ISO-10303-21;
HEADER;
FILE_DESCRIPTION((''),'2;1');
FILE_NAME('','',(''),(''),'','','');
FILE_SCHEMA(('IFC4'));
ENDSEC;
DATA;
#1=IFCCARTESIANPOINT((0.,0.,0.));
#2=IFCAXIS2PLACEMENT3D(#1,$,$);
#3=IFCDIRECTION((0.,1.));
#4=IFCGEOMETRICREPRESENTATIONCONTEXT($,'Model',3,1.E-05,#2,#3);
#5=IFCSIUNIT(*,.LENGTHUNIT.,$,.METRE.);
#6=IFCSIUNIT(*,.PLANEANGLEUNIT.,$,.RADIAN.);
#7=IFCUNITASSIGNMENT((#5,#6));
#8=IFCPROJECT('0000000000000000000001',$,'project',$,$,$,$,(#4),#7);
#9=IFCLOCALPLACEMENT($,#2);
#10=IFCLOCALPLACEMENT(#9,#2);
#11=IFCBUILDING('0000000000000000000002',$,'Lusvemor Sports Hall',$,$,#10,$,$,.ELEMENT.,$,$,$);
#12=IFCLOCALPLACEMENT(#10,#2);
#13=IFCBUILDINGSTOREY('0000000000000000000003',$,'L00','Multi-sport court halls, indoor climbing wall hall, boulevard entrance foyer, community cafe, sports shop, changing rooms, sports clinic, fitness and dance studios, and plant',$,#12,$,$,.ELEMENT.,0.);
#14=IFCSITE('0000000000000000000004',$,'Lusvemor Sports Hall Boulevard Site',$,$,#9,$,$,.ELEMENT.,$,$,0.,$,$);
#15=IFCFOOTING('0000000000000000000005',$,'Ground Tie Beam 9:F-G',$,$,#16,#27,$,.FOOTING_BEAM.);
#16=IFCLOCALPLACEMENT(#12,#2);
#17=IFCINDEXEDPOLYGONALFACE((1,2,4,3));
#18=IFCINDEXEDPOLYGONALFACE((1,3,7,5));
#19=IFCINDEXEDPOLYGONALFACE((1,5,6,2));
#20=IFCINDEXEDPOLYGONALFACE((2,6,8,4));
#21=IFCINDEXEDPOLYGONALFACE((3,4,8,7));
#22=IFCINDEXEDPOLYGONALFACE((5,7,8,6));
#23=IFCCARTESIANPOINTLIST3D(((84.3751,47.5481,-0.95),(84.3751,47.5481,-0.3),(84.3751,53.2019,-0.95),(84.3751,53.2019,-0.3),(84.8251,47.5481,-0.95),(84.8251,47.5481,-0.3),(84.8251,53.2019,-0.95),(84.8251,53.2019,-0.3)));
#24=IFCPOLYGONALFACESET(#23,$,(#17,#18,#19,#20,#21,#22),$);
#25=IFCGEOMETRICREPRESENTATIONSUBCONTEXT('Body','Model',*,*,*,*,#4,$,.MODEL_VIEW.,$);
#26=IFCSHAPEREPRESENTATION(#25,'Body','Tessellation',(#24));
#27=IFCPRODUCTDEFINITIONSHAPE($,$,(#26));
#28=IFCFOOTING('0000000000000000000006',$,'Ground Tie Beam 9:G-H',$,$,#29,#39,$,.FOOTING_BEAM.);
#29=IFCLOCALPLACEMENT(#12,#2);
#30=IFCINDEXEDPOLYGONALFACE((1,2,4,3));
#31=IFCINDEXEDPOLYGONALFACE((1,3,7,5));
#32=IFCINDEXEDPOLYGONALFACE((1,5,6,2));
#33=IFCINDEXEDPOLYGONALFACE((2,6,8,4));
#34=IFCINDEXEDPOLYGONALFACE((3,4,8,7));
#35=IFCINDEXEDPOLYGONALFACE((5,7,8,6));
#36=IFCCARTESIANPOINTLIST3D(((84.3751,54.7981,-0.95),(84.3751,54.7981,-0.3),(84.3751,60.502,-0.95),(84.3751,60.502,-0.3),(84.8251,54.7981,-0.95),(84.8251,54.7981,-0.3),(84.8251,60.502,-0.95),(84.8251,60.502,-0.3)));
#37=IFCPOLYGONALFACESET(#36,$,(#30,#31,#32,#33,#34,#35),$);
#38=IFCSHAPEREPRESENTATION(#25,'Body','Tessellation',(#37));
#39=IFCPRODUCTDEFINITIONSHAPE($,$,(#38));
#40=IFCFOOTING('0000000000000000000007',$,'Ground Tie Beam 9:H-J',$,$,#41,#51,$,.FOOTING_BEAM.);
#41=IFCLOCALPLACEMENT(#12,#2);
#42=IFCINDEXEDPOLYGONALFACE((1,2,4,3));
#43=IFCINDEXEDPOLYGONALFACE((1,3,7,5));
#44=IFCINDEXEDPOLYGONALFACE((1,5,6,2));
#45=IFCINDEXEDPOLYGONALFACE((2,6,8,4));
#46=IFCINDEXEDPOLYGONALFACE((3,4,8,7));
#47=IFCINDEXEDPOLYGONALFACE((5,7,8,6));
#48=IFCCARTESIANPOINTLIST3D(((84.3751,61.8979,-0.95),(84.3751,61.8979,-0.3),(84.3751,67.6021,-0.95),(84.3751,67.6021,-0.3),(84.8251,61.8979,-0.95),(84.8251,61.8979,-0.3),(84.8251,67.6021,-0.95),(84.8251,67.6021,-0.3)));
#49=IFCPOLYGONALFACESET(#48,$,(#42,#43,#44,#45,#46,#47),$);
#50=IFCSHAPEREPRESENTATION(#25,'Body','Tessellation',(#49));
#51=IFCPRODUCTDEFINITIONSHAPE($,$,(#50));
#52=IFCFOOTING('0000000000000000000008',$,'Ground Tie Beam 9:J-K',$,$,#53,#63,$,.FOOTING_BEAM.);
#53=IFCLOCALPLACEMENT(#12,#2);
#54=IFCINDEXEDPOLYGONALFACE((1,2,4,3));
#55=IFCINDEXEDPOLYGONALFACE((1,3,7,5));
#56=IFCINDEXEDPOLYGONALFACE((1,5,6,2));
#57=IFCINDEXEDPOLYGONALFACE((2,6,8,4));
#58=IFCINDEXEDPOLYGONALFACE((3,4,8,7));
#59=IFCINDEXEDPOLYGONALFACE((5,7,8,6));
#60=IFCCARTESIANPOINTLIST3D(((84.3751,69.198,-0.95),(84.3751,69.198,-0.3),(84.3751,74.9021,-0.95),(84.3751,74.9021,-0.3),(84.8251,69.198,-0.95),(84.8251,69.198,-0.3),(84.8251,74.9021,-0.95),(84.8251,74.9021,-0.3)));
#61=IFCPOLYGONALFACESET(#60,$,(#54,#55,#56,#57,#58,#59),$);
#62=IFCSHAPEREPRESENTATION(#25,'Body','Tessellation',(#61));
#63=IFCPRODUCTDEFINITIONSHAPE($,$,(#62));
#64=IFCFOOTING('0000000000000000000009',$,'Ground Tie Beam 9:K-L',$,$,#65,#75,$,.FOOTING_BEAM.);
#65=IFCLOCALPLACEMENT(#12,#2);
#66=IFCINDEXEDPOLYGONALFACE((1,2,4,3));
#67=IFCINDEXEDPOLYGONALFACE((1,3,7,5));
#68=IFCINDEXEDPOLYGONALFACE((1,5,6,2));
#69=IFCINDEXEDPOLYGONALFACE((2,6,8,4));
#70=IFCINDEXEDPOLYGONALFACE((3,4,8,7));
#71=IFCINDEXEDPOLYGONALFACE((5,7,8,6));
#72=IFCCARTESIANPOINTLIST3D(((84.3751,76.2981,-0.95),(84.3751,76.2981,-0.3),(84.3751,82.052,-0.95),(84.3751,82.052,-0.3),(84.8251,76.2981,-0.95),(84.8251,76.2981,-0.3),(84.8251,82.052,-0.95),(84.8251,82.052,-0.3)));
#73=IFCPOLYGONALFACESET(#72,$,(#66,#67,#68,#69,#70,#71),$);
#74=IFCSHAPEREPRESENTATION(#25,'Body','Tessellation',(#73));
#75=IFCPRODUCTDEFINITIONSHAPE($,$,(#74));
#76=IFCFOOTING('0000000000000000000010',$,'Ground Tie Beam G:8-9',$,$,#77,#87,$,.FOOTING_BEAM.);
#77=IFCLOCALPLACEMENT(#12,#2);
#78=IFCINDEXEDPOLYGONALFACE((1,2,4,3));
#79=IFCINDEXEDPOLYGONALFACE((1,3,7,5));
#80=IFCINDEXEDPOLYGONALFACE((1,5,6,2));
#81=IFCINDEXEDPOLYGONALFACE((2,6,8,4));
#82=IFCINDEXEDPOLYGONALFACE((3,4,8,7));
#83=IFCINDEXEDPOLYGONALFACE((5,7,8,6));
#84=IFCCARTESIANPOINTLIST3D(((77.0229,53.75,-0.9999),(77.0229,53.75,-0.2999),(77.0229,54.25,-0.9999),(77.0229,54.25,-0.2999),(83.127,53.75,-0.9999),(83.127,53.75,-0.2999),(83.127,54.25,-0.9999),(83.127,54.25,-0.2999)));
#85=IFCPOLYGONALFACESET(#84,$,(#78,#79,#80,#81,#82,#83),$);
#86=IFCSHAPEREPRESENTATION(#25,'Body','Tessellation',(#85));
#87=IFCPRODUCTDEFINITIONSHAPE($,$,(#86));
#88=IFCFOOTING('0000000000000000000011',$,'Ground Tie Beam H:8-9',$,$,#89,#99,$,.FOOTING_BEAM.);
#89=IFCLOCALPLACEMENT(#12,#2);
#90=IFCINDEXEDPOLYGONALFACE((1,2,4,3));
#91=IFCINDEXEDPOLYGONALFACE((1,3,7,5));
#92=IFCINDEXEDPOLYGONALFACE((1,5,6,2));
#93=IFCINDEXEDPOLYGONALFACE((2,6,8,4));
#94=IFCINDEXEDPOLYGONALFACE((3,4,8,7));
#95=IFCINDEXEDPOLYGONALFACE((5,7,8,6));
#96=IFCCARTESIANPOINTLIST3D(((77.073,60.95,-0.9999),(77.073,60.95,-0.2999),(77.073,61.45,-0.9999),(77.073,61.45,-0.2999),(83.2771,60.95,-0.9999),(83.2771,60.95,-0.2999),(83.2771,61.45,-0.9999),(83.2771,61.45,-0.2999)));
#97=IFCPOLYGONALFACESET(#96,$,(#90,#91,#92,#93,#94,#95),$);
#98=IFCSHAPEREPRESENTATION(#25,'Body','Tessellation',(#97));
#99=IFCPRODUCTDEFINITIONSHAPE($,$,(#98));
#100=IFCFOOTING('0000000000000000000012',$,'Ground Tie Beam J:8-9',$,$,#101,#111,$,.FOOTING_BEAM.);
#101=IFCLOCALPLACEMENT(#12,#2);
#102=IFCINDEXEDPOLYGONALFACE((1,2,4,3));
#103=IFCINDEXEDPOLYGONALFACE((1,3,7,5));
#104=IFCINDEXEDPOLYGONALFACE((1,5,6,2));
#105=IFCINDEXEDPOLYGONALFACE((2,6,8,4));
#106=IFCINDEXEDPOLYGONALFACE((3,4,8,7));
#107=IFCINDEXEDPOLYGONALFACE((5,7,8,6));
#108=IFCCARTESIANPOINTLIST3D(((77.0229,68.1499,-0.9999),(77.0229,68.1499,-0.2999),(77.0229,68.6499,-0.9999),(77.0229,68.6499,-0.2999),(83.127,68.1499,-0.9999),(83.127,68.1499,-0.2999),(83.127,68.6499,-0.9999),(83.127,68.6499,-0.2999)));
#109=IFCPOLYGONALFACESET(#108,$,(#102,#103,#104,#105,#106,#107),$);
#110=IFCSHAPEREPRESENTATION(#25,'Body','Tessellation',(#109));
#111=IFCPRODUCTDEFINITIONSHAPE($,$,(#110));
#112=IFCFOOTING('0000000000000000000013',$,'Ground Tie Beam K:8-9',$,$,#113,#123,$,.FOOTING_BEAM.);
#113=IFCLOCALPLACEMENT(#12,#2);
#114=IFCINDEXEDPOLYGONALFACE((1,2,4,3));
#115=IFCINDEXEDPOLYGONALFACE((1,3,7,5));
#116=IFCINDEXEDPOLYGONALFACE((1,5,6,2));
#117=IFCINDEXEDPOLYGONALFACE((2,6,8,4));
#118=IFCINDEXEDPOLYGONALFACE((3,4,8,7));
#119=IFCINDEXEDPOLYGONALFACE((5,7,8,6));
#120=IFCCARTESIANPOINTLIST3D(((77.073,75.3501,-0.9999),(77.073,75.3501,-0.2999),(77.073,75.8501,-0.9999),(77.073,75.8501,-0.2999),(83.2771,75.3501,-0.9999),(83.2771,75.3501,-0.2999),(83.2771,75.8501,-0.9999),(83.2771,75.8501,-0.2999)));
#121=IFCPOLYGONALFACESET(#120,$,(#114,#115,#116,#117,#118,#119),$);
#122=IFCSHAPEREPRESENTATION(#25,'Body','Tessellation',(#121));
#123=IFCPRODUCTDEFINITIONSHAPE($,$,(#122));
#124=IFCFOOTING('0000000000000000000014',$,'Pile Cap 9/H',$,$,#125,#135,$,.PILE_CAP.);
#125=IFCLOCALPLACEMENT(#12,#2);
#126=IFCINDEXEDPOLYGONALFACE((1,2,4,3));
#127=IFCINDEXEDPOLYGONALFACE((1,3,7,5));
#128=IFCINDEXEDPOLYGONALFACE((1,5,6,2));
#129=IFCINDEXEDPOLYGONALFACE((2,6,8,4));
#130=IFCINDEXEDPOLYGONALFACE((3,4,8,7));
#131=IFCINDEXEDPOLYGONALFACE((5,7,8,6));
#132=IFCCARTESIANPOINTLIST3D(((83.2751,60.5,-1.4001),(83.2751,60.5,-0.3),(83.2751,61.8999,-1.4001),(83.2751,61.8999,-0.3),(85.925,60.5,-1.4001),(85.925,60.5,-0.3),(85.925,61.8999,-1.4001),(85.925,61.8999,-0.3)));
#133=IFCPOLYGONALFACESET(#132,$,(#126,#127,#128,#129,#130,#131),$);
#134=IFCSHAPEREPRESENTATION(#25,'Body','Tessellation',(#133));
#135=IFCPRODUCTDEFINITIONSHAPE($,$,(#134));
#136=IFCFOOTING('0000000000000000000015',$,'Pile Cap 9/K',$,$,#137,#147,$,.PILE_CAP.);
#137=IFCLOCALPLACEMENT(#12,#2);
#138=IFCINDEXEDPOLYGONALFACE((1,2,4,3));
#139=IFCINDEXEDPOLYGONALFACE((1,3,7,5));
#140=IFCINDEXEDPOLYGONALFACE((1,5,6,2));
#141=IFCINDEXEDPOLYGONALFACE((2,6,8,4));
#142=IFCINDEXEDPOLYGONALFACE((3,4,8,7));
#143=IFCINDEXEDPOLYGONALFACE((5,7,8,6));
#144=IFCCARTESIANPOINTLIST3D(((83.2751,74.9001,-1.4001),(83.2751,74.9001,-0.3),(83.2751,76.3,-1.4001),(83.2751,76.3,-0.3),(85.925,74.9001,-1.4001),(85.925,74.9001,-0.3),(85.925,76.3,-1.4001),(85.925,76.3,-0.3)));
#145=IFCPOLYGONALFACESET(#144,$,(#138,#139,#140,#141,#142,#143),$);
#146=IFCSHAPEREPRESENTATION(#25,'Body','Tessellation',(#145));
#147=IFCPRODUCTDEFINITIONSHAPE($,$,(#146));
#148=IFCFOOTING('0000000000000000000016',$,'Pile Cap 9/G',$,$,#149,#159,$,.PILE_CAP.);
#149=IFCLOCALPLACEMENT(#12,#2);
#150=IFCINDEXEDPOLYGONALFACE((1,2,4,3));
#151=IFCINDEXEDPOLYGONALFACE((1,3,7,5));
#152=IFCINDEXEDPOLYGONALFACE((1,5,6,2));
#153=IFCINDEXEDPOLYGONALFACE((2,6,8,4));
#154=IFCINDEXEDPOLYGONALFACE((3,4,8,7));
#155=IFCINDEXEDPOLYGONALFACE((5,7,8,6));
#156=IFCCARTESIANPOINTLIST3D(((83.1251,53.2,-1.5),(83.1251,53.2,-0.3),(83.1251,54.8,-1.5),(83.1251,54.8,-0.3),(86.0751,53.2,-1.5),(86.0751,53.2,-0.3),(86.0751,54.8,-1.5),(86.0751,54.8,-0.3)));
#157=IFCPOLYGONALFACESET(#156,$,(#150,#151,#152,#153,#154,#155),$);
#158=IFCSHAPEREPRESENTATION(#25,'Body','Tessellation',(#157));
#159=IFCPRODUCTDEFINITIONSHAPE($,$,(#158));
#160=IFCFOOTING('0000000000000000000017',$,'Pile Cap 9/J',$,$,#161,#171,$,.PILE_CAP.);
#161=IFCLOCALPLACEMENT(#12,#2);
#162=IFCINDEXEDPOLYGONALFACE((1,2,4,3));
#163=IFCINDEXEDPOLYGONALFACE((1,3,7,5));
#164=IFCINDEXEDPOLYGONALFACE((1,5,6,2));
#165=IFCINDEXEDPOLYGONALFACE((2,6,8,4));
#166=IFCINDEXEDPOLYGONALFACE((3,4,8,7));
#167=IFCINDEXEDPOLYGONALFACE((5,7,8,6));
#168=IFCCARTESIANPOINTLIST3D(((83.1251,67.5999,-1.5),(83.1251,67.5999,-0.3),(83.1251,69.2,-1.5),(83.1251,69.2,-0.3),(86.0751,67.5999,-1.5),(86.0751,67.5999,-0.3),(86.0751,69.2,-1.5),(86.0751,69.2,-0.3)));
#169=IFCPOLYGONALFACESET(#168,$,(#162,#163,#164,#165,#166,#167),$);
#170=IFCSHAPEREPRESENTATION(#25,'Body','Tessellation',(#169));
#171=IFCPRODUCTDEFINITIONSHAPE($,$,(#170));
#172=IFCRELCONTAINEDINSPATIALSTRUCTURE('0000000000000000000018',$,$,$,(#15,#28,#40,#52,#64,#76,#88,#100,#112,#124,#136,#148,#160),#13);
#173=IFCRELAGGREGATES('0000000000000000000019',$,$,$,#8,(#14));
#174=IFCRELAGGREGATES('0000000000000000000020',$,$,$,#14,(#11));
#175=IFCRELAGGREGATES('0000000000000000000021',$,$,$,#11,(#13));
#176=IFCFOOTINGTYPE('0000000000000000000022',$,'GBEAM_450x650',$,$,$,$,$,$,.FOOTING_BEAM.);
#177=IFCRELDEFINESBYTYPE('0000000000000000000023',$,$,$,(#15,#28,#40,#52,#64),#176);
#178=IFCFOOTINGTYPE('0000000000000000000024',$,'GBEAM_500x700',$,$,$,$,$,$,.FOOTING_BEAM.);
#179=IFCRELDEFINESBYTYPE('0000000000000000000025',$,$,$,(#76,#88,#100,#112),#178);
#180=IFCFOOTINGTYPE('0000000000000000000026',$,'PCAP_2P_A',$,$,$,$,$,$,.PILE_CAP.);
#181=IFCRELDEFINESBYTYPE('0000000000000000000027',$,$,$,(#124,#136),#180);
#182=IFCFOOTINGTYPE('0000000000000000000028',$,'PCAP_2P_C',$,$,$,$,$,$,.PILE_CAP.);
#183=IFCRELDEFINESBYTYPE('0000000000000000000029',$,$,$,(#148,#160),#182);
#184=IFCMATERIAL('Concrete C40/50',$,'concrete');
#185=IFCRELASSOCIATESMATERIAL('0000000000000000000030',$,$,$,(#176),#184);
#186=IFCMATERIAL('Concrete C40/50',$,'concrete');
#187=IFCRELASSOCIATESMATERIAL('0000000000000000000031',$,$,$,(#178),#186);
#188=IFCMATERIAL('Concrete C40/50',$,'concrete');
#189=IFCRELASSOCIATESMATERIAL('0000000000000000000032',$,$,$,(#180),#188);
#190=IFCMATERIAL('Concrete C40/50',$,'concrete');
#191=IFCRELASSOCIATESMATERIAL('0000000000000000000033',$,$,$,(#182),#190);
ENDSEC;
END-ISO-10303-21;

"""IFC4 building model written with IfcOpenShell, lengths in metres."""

from ifc_helpers import new_model, si_unit, direction, frame, origin, origin_2d, place, context, subcontext, project, spatial, rectangle, extrude, material, material_profile, profile_set, type_object, element, save


model = new_model("IFC4")

# Units and contexts
model_context = context("Model", 3, precision=1e-05, world=origin(), true_north=direction((0.0, 1.0)))
body_context = subcontext(model_context, "Body", "Model", "MODEL_VIEW")
ifc_project = project(units=[si_unit("LENGTHUNIT", "METRE"), si_unit("PLANEANGLEUNIT", "RADIAN")], contexts=[model_context])

# Site, building, storey
site_placement = place(None, origin())
site = spatial("IfcSite", under=ifc_project, at=site_placement, Name="Lusvemor Sports Hall Boulevard Site", CompositionType="ELEMENT", RefElevation=0.0)
building_placement = place(site_placement, origin())
building = spatial("IfcBuilding", under=site, at=building_placement, Name="Lusvemor Sports Hall", CompositionType="ELEMENT")
storey_placement = place(building_placement, origin())
storey = spatial("IfcBuildingStorey", under=building, at=storey_placement, Name="L00", Description="Multi-sport court halls, indoor climbing wall hall, boulevard entrance foyer, community cafe, sports shop, changing rooms, sports clinic, fitness and dance studios, and plant", CompositionType="ELEMENT", Elevation=0.0)

# Footings
ifc_material_1 = material(Name="Concrete C40/50", Category="concrete")
ifc_material_profile_1 = material_profile(ifc_material_1, rectangle(XDim=0.45, YDim=0.6499, at=origin_2d()), Name="GB_450x650")
ifc_profile_set_1 = profile_set([ifc_material_profile_1], Name="Concrete C40/50")
footing_type_1 = type_object("IfcFootingType", Name="GBEAM_450x650", PredefinedType="FOOTING_BEAM", material=ifc_profile_set_1)
footing_1_placement = place(storey_placement, frame((84.6001, 47.5481, -0.625), z_axis=(0.0, 1.0, 0.0), x_axis=(-1.0, 0.0, 0.0)))
element("IfcFooting", 1, at=footing_1_placement, inside=storey, type_object=footing_type_1, Name="Ground Tie Beam 9:F-G", PredefinedType="FOOTING_BEAM", context=body_context, shape_type="SweptSolid", body=[
    extrude(rectangle(XDim=0.45, YDim=0.6499, at=origin_2d()), origin(), (0.0, 0.0, 1.0), 5.6538),
])
footing_2_placement = place(storey_placement, frame((84.6001, 54.7981, -0.625), z_axis=(0.0, 1.0, 0.0), x_axis=(-1.0, 0.0, 0.0)))
element("IfcFooting", 2, at=footing_2_placement, inside=storey, type_object=footing_type_1, Name="Ground Tie Beam 9:G-H", PredefinedType="FOOTING_BEAM", context=body_context, shape_type="SweptSolid", body=[
    extrude(rectangle(XDim=0.45, YDim=0.6499, at=origin_2d()), origin(), (0.0, 0.0, 1.0), 5.7039),
])
for number, where, z_axis, x_axis, name in (
    (3, (84.6001, 61.8979, -0.625), (0.0, 1.0, 0.0), (-1.0, 0.0, 0.0), "Ground Tie Beam 9:H-J"),
    (4, (84.6001, 69.198, -0.625), (0.0, 1.0, 0.0), (-1.0, 0.0, 0.0), "Ground Tie Beam 9:J-K"),
):
    element("IfcFooting", number, at=place(storey_placement, frame(where, z_axis=z_axis, x_axis=x_axis)), inside=storey, type_object=footing_type_1, Name=name, PredefinedType="FOOTING_BEAM", context=body_context, shape_type="SweptSolid", body=[
        extrude(rectangle(XDim=0.45, YDim=0.6499, at=origin_2d()), origin(), (0.0, 0.0, 1.0), 5.7041),
    ])
footing_3_placement = place(storey_placement, frame((84.6001, 76.2981, -0.625), z_axis=(0.0, 1.0, 0.0), x_axis=(-1.0, 0.0, 0.0)))
element("IfcFooting", 5, at=footing_3_placement, inside=storey, type_object=footing_type_1, Name="Ground Tie Beam 9:K-L", PredefinedType="FOOTING_BEAM", context=body_context, shape_type="SweptSolid", body=[
    extrude(rectangle(XDim=0.45, YDim=0.6499, at=origin_2d()), origin(), (0.0, 0.0, 1.0), 5.7539),
])
ifc_material_2 = material(Name="Concrete C40/50", Category="concrete")
ifc_material_profile_2 = material_profile(ifc_material_2, rectangle(XDim=0.5, YDim=0.7, at=origin_2d()), Name="GB_500x700")
ifc_profile_set_2 = profile_set([ifc_material_profile_2], Name="Concrete C40/50")
footing_type_2 = type_object("IfcFootingType", Name="GBEAM_500x700", PredefinedType="FOOTING_BEAM", material=ifc_profile_set_2)
footing_4_placement = place(storey_placement, frame((77.0229, 54.0, -0.6499), z_axis=(1.0, 0.0, 0.0), x_axis=(0.0, 1.0, 0.0)))
element("IfcFooting", 6, at=footing_4_placement, inside=storey, type_object=footing_type_2, Name="Ground Tie Beam G:8-9", PredefinedType="FOOTING_BEAM", context=body_context, shape_type="SweptSolid", body=[
    extrude(rectangle(XDim=0.5, YDim=0.7, at=origin_2d()), origin(), (0.0, 0.0, 1.0), 6.104),
])
footing_5_placement = place(storey_placement, frame((77.073, 61.2, -0.6499), z_axis=(1.0, 0.0, 0.0), x_axis=(0.0, 1.0, 0.0)))
element("IfcFooting", 7, at=footing_5_placement, inside=storey, type_object=footing_type_2, Name="Ground Tie Beam H:8-9", PredefinedType="FOOTING_BEAM", context=body_context, shape_type="SweptSolid", body=[
    extrude(rectangle(XDim=0.5, YDim=0.7, at=origin_2d()), origin(), (0.0, 0.0, 1.0), 6.2041),
])
footing_6_placement = place(storey_placement, frame((77.0229, 68.3999, -0.6499), z_axis=(1.0, 0.0, 0.0), x_axis=(0.0, 1.0, 0.0)))
element("IfcFooting", 8, at=footing_6_placement, inside=storey, type_object=footing_type_2, Name="Ground Tie Beam J:8-9", PredefinedType="FOOTING_BEAM", context=body_context, shape_type="SweptSolid", body=[
    extrude(rectangle(XDim=0.5, YDim=0.7, at=origin_2d()), origin(), (0.0, 0.0, 1.0), 6.104),
])
footing_7_placement = place(storey_placement, frame((77.073, 75.6001, -0.6499), z_axis=(1.0, 0.0, 0.0), x_axis=(0.0, 1.0, 0.0)))
element("IfcFooting", 9, at=footing_7_placement, inside=storey, type_object=footing_type_2, Name="Ground Tie Beam K:8-9", PredefinedType="FOOTING_BEAM", context=body_context, shape_type="SweptSolid", body=[
    extrude(rectangle(XDim=0.5, YDim=0.7, at=origin_2d()), origin(), (0.0, 0.0, 1.0), 6.2041),
])
ifc_material_3 = material(Name="Concrete C40/50", Category="concrete")
footing_type_3 = type_object("IfcFootingType", Name="PCAP_2P_A", PredefinedType="PILE_CAP", material=ifc_material_3)
for number, where, z_axis, x_axis, name in (
    (10, (84.6001, 61.2, -1.4001), (0.0, 0.0, 1.0), (1.0, 0.0, 0.0), "Pile Cap 9/H"),
    (11, (84.6001, 75.6001, -1.4001), (0.0, 0.0, 1.0), (1.0, 0.0, 0.0), "Pile Cap 9/K"),
):
    element("IfcFooting", number, at=place(storey_placement, frame(where, z_axis=z_axis, x_axis=x_axis)), inside=storey, type_object=footing_type_3, Name=name, PredefinedType="PILE_CAP", context=body_context, shape_type="SweptSolid", body=[
        extrude(rectangle(XDim=2.6499, YDim=1.3999, at=origin_2d()), origin(), (0.0, 0.0, 1.0), 1.1001),
    ])
ifc_material_4 = material(Name="Concrete C40/50", Category="concrete")
footing_type_4 = type_object("IfcFootingType", Name="PCAP_2P_C", PredefinedType="PILE_CAP", material=ifc_material_4)
for number, where, z_axis, x_axis, name in (
    (12, (84.6001, 54.0, -1.5), (0.0, 0.0, 1.0), (1.0, 0.0, 0.0), "Pile Cap 9/G"),
    (13, (84.6001, 68.3999, -1.5), (0.0, 0.0, 1.0), (1.0, 0.0, 0.0), "Pile Cap 9/J"),
):
    element("IfcFooting", number, at=place(storey_placement, frame(where, z_axis=z_axis, x_axis=x_axis)), inside=storey, type_object=footing_type_4, Name=name, PredefinedType="PILE_CAP", context=body_context, shape_type="SweptSolid", body=[
        extrude(rectangle(XDim=2.95, YDim=1.6001, at=origin_2d()), origin(), (0.0, 0.0, 1.0), 1.2),
    ])

save(model, "model.ifc")
